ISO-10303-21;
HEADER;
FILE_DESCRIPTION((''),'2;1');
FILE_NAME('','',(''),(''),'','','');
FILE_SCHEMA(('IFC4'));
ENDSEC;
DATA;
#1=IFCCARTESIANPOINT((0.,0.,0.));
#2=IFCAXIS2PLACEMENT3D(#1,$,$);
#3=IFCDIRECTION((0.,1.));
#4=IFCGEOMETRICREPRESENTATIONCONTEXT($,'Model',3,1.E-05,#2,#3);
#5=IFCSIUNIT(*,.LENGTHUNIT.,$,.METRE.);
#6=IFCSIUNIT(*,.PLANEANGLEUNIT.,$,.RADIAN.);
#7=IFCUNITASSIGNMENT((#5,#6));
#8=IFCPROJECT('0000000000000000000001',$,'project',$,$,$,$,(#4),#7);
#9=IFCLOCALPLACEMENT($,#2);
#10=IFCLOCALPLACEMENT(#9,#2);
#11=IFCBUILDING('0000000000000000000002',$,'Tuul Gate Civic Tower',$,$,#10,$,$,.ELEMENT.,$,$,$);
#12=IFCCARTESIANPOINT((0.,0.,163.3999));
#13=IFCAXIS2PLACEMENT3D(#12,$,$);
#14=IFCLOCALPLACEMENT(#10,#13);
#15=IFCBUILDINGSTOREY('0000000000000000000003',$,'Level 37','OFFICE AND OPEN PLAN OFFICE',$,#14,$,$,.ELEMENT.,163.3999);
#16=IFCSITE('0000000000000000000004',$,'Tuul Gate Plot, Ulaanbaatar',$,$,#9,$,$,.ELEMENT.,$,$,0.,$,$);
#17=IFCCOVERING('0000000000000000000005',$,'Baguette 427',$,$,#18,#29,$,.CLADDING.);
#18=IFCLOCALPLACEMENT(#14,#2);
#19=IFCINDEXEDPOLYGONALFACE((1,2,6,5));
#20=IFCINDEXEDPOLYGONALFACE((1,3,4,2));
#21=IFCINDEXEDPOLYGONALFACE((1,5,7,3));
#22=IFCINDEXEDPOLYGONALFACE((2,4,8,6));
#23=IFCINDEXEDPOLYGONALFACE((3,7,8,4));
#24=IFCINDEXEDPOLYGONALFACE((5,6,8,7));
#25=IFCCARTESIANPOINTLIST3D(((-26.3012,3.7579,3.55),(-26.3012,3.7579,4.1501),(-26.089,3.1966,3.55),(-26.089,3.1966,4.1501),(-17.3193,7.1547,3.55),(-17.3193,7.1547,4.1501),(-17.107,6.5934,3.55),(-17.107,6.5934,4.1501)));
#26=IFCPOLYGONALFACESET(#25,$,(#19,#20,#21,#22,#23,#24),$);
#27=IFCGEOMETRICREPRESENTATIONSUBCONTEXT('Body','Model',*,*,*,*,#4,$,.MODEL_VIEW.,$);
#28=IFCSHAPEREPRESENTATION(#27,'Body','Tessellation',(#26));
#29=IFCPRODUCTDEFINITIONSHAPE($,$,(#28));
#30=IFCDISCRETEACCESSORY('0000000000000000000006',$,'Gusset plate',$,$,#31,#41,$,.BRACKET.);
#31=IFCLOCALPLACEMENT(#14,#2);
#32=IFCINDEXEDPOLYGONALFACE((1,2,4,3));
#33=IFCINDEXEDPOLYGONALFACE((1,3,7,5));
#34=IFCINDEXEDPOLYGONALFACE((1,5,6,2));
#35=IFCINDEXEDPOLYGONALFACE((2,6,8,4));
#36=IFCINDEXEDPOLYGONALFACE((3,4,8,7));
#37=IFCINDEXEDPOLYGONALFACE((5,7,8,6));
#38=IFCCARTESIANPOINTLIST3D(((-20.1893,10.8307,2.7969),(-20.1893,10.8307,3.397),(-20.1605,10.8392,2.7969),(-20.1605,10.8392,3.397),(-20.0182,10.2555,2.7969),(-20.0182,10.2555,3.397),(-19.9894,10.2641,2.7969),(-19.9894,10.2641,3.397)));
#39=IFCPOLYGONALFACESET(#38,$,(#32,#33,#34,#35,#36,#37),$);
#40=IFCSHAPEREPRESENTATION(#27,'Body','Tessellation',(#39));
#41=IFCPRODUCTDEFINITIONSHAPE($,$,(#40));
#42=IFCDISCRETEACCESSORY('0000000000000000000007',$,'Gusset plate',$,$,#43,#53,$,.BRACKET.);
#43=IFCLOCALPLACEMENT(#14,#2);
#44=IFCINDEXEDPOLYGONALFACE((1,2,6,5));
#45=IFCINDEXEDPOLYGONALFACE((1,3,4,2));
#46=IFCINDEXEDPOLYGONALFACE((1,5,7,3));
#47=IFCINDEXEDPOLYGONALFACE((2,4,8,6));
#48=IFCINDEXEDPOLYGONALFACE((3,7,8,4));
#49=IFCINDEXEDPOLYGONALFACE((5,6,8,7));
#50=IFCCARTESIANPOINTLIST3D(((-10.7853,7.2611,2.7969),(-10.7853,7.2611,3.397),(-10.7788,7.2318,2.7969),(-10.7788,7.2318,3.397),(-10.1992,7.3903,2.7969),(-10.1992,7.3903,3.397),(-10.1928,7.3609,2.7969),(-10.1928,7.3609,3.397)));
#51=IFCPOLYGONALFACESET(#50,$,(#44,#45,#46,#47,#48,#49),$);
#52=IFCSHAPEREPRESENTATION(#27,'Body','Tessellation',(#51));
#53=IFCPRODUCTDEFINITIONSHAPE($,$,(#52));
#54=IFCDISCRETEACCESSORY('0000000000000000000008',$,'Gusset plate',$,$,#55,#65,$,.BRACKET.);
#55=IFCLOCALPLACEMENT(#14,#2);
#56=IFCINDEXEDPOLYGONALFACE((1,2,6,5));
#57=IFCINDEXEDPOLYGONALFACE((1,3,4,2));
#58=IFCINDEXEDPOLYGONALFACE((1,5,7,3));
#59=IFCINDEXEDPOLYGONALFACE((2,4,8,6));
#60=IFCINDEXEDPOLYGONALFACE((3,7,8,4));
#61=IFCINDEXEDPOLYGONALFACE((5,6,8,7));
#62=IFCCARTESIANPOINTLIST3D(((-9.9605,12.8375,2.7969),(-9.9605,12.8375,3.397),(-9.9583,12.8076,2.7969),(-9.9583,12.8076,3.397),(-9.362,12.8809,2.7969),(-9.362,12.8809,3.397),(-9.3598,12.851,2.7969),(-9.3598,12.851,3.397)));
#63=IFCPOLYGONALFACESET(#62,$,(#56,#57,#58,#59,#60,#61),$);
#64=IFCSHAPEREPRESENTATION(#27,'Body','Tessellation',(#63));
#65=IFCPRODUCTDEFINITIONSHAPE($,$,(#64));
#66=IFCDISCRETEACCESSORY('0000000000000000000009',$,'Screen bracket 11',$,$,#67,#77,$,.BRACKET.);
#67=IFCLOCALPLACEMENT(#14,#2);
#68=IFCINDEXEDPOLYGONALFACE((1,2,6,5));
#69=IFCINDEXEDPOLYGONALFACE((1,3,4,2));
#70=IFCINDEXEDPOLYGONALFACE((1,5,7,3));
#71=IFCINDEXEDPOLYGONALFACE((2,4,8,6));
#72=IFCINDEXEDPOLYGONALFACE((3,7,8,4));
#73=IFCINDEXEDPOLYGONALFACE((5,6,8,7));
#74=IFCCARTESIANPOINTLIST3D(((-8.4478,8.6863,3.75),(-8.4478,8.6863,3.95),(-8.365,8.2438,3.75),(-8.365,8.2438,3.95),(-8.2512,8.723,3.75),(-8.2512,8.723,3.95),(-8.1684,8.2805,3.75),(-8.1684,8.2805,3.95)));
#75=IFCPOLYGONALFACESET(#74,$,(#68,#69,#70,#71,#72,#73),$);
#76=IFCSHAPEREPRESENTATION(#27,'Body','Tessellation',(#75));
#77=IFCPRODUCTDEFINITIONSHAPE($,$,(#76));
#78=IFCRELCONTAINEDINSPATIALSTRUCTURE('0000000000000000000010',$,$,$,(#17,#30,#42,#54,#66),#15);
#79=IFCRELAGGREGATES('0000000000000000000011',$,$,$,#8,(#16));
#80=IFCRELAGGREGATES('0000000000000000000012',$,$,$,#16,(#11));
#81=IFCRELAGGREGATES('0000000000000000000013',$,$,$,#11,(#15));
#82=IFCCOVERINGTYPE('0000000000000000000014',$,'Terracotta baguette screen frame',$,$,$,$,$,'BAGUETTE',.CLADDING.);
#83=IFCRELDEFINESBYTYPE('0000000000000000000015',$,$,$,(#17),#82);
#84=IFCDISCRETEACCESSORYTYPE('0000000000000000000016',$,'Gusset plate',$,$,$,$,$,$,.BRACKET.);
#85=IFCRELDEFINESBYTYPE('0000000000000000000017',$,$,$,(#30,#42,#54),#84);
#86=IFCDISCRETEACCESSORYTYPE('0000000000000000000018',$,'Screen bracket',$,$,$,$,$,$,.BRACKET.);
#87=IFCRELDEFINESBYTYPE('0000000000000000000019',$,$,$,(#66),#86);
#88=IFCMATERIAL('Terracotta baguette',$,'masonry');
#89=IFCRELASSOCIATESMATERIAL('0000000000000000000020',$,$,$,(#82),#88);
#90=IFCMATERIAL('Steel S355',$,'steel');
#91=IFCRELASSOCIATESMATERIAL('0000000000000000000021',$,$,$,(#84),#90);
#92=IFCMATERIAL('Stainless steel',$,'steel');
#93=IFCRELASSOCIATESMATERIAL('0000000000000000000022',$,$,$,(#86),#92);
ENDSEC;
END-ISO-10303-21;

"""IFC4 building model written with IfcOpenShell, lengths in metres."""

from ifc_helpers import new_model, si_unit, direction, frame, origin, origin_2d, place, context, subcontext, project, spatial, rectangle, extrude, material, material_profile, profile_set, type_object, element, save


model = new_model("IFC4")

# Units and contexts
model_context = context("Model", 3, precision=1e-05, world=origin(), true_north=direction((0.0, 1.0)))
body_context = subcontext(model_context, "Body", "Model", "MODEL_VIEW")
ifc_project = project(units=[si_unit("LENGTHUNIT", "METRE"), si_unit("PLANEANGLEUNIT", "RADIAN")], contexts=[model_context])

# Site, building, storey
site_placement = place(None, origin())
site = spatial("IfcSite", under=ifc_project, at=site_placement, Name="Tuul Gate Plot, Ulaanbaatar", CompositionType="ELEMENT", RefElevation=0.0)
building_placement = place(site_placement, origin())
building = spatial("IfcBuilding", under=site, at=building_placement, Name="Tuul Gate Civic Tower", CompositionType="ELEMENT")
storey_placement = place(building_placement, frame((0.0, 0.0, 163.3999)))
storey = spatial("IfcBuildingStorey", under=building, at=storey_placement, Name="Level 37", Description="OFFICE AND OPEN PLAN OFFICE", CompositionType="ELEMENT", Elevation=163.3999)

# Covering
ifc_material_1 = material(Name="Terracotta baguette", Category="masonry")
ifc_material_profile_1 = material_profile(ifc_material_1, rectangle(XDim=0.6001, YDim=0.6001, at=origin_2d()), Name="Terracotta baguette screen frame")
ifc_profile_set_1 = profile_set([ifc_material_profile_1], Name="Terracotta baguette")
covering_type = type_object("IfcCoveringType", Name="Terracotta baguette screen frame", ElementType="BAGUETTE", PredefinedType="CLADDING", material=ifc_profile_set_1)
covering_1_placement = place(storey_placement, frame((-17.2131, 6.874, 3.8501), z_axis=(-0.93535, -0.353724, 0.0), x_axis=(0.353724, -0.93535, 0.0)))
element("IfcCovering", 1, at=covering_1_placement, inside=storey, type_object=covering_type, Name="Baguette 427", PredefinedType="CLADDING", context=body_context, shape_type="SweptSolid", body=[
    extrude(rectangle(XDim=0.6001, YDim=0.6001, at=origin_2d()), origin(), (0.0, 0.0, 1.0), 9.6028),
])

# Discrete accessories
ifc_material_2 = material(Name="Steel S355", Category="steel")
discrete_accessory_type_1 = type_object("IfcDiscreteAccessoryType", Name="Gusset plate", PredefinedType="BRACKET", material=ifc_material_2)
for number, where, z_axis, x_axis, name in (
    (2, (-20.0894, 10.5474, 2.7969), (0.0, 0.0, 1.0), (0.285212, -0.958464, 0.0), "Gusset plate"),
    (3, (-10.489, 7.311, 2.7969), (0.0, 0.0, 1.0), (0.976569, 0.215205, 0.0), "Gusset plate"),
    (4, (-9.6602, 12.8442, 2.7969), (0.0, 0.0, 1.0), (0.997383, 0.072299, 0.0), "Gusset plate"),
):
    element("IfcDiscreteAccessory", number, at=place(storey_placement, frame(where, z_axis=z_axis, x_axis=x_axis)), inside=storey, type_object=discrete_accessory_type_1, Name=name, PredefinedType="BRACKET", context=body_context, shape_type="SweptSolid", body=[
        extrude(rectangle(XDim=0.6001, YDim=0.03, at=origin_2d()), origin(), (0.0, 0.0, 1.0), 0.6001),
    ])
ifc_material_3 = material(Name="Stainless steel", Category="steel")
discrete_accessory_type_2 = type_object("IfcDiscreteAccessoryType", Name="Screen bracket", PredefinedType="BRACKET", material=ifc_material_3)
discrete_accessory_placement = place(storey_placement, frame((-8.3081, 8.4834, 3.75), z_axis=(0.0, 0.0, 1.0), x_axis=(-0.183859, 0.982953, 0.0)))
element("IfcDiscreteAccessory", 5, at=discrete_accessory_placement, inside=storey, type_object=discrete_accessory_type_2, Name="Screen bracket 11", PredefinedType="BRACKET", context=body_context, shape_type="SweptSolid", body=[
    extrude(rectangle(XDim=0.4502, YDim=0.2, at=origin_2d()), origin(), (0.0, 0.0, 1.0), 0.2),
])

save(model, "model.ifc")
